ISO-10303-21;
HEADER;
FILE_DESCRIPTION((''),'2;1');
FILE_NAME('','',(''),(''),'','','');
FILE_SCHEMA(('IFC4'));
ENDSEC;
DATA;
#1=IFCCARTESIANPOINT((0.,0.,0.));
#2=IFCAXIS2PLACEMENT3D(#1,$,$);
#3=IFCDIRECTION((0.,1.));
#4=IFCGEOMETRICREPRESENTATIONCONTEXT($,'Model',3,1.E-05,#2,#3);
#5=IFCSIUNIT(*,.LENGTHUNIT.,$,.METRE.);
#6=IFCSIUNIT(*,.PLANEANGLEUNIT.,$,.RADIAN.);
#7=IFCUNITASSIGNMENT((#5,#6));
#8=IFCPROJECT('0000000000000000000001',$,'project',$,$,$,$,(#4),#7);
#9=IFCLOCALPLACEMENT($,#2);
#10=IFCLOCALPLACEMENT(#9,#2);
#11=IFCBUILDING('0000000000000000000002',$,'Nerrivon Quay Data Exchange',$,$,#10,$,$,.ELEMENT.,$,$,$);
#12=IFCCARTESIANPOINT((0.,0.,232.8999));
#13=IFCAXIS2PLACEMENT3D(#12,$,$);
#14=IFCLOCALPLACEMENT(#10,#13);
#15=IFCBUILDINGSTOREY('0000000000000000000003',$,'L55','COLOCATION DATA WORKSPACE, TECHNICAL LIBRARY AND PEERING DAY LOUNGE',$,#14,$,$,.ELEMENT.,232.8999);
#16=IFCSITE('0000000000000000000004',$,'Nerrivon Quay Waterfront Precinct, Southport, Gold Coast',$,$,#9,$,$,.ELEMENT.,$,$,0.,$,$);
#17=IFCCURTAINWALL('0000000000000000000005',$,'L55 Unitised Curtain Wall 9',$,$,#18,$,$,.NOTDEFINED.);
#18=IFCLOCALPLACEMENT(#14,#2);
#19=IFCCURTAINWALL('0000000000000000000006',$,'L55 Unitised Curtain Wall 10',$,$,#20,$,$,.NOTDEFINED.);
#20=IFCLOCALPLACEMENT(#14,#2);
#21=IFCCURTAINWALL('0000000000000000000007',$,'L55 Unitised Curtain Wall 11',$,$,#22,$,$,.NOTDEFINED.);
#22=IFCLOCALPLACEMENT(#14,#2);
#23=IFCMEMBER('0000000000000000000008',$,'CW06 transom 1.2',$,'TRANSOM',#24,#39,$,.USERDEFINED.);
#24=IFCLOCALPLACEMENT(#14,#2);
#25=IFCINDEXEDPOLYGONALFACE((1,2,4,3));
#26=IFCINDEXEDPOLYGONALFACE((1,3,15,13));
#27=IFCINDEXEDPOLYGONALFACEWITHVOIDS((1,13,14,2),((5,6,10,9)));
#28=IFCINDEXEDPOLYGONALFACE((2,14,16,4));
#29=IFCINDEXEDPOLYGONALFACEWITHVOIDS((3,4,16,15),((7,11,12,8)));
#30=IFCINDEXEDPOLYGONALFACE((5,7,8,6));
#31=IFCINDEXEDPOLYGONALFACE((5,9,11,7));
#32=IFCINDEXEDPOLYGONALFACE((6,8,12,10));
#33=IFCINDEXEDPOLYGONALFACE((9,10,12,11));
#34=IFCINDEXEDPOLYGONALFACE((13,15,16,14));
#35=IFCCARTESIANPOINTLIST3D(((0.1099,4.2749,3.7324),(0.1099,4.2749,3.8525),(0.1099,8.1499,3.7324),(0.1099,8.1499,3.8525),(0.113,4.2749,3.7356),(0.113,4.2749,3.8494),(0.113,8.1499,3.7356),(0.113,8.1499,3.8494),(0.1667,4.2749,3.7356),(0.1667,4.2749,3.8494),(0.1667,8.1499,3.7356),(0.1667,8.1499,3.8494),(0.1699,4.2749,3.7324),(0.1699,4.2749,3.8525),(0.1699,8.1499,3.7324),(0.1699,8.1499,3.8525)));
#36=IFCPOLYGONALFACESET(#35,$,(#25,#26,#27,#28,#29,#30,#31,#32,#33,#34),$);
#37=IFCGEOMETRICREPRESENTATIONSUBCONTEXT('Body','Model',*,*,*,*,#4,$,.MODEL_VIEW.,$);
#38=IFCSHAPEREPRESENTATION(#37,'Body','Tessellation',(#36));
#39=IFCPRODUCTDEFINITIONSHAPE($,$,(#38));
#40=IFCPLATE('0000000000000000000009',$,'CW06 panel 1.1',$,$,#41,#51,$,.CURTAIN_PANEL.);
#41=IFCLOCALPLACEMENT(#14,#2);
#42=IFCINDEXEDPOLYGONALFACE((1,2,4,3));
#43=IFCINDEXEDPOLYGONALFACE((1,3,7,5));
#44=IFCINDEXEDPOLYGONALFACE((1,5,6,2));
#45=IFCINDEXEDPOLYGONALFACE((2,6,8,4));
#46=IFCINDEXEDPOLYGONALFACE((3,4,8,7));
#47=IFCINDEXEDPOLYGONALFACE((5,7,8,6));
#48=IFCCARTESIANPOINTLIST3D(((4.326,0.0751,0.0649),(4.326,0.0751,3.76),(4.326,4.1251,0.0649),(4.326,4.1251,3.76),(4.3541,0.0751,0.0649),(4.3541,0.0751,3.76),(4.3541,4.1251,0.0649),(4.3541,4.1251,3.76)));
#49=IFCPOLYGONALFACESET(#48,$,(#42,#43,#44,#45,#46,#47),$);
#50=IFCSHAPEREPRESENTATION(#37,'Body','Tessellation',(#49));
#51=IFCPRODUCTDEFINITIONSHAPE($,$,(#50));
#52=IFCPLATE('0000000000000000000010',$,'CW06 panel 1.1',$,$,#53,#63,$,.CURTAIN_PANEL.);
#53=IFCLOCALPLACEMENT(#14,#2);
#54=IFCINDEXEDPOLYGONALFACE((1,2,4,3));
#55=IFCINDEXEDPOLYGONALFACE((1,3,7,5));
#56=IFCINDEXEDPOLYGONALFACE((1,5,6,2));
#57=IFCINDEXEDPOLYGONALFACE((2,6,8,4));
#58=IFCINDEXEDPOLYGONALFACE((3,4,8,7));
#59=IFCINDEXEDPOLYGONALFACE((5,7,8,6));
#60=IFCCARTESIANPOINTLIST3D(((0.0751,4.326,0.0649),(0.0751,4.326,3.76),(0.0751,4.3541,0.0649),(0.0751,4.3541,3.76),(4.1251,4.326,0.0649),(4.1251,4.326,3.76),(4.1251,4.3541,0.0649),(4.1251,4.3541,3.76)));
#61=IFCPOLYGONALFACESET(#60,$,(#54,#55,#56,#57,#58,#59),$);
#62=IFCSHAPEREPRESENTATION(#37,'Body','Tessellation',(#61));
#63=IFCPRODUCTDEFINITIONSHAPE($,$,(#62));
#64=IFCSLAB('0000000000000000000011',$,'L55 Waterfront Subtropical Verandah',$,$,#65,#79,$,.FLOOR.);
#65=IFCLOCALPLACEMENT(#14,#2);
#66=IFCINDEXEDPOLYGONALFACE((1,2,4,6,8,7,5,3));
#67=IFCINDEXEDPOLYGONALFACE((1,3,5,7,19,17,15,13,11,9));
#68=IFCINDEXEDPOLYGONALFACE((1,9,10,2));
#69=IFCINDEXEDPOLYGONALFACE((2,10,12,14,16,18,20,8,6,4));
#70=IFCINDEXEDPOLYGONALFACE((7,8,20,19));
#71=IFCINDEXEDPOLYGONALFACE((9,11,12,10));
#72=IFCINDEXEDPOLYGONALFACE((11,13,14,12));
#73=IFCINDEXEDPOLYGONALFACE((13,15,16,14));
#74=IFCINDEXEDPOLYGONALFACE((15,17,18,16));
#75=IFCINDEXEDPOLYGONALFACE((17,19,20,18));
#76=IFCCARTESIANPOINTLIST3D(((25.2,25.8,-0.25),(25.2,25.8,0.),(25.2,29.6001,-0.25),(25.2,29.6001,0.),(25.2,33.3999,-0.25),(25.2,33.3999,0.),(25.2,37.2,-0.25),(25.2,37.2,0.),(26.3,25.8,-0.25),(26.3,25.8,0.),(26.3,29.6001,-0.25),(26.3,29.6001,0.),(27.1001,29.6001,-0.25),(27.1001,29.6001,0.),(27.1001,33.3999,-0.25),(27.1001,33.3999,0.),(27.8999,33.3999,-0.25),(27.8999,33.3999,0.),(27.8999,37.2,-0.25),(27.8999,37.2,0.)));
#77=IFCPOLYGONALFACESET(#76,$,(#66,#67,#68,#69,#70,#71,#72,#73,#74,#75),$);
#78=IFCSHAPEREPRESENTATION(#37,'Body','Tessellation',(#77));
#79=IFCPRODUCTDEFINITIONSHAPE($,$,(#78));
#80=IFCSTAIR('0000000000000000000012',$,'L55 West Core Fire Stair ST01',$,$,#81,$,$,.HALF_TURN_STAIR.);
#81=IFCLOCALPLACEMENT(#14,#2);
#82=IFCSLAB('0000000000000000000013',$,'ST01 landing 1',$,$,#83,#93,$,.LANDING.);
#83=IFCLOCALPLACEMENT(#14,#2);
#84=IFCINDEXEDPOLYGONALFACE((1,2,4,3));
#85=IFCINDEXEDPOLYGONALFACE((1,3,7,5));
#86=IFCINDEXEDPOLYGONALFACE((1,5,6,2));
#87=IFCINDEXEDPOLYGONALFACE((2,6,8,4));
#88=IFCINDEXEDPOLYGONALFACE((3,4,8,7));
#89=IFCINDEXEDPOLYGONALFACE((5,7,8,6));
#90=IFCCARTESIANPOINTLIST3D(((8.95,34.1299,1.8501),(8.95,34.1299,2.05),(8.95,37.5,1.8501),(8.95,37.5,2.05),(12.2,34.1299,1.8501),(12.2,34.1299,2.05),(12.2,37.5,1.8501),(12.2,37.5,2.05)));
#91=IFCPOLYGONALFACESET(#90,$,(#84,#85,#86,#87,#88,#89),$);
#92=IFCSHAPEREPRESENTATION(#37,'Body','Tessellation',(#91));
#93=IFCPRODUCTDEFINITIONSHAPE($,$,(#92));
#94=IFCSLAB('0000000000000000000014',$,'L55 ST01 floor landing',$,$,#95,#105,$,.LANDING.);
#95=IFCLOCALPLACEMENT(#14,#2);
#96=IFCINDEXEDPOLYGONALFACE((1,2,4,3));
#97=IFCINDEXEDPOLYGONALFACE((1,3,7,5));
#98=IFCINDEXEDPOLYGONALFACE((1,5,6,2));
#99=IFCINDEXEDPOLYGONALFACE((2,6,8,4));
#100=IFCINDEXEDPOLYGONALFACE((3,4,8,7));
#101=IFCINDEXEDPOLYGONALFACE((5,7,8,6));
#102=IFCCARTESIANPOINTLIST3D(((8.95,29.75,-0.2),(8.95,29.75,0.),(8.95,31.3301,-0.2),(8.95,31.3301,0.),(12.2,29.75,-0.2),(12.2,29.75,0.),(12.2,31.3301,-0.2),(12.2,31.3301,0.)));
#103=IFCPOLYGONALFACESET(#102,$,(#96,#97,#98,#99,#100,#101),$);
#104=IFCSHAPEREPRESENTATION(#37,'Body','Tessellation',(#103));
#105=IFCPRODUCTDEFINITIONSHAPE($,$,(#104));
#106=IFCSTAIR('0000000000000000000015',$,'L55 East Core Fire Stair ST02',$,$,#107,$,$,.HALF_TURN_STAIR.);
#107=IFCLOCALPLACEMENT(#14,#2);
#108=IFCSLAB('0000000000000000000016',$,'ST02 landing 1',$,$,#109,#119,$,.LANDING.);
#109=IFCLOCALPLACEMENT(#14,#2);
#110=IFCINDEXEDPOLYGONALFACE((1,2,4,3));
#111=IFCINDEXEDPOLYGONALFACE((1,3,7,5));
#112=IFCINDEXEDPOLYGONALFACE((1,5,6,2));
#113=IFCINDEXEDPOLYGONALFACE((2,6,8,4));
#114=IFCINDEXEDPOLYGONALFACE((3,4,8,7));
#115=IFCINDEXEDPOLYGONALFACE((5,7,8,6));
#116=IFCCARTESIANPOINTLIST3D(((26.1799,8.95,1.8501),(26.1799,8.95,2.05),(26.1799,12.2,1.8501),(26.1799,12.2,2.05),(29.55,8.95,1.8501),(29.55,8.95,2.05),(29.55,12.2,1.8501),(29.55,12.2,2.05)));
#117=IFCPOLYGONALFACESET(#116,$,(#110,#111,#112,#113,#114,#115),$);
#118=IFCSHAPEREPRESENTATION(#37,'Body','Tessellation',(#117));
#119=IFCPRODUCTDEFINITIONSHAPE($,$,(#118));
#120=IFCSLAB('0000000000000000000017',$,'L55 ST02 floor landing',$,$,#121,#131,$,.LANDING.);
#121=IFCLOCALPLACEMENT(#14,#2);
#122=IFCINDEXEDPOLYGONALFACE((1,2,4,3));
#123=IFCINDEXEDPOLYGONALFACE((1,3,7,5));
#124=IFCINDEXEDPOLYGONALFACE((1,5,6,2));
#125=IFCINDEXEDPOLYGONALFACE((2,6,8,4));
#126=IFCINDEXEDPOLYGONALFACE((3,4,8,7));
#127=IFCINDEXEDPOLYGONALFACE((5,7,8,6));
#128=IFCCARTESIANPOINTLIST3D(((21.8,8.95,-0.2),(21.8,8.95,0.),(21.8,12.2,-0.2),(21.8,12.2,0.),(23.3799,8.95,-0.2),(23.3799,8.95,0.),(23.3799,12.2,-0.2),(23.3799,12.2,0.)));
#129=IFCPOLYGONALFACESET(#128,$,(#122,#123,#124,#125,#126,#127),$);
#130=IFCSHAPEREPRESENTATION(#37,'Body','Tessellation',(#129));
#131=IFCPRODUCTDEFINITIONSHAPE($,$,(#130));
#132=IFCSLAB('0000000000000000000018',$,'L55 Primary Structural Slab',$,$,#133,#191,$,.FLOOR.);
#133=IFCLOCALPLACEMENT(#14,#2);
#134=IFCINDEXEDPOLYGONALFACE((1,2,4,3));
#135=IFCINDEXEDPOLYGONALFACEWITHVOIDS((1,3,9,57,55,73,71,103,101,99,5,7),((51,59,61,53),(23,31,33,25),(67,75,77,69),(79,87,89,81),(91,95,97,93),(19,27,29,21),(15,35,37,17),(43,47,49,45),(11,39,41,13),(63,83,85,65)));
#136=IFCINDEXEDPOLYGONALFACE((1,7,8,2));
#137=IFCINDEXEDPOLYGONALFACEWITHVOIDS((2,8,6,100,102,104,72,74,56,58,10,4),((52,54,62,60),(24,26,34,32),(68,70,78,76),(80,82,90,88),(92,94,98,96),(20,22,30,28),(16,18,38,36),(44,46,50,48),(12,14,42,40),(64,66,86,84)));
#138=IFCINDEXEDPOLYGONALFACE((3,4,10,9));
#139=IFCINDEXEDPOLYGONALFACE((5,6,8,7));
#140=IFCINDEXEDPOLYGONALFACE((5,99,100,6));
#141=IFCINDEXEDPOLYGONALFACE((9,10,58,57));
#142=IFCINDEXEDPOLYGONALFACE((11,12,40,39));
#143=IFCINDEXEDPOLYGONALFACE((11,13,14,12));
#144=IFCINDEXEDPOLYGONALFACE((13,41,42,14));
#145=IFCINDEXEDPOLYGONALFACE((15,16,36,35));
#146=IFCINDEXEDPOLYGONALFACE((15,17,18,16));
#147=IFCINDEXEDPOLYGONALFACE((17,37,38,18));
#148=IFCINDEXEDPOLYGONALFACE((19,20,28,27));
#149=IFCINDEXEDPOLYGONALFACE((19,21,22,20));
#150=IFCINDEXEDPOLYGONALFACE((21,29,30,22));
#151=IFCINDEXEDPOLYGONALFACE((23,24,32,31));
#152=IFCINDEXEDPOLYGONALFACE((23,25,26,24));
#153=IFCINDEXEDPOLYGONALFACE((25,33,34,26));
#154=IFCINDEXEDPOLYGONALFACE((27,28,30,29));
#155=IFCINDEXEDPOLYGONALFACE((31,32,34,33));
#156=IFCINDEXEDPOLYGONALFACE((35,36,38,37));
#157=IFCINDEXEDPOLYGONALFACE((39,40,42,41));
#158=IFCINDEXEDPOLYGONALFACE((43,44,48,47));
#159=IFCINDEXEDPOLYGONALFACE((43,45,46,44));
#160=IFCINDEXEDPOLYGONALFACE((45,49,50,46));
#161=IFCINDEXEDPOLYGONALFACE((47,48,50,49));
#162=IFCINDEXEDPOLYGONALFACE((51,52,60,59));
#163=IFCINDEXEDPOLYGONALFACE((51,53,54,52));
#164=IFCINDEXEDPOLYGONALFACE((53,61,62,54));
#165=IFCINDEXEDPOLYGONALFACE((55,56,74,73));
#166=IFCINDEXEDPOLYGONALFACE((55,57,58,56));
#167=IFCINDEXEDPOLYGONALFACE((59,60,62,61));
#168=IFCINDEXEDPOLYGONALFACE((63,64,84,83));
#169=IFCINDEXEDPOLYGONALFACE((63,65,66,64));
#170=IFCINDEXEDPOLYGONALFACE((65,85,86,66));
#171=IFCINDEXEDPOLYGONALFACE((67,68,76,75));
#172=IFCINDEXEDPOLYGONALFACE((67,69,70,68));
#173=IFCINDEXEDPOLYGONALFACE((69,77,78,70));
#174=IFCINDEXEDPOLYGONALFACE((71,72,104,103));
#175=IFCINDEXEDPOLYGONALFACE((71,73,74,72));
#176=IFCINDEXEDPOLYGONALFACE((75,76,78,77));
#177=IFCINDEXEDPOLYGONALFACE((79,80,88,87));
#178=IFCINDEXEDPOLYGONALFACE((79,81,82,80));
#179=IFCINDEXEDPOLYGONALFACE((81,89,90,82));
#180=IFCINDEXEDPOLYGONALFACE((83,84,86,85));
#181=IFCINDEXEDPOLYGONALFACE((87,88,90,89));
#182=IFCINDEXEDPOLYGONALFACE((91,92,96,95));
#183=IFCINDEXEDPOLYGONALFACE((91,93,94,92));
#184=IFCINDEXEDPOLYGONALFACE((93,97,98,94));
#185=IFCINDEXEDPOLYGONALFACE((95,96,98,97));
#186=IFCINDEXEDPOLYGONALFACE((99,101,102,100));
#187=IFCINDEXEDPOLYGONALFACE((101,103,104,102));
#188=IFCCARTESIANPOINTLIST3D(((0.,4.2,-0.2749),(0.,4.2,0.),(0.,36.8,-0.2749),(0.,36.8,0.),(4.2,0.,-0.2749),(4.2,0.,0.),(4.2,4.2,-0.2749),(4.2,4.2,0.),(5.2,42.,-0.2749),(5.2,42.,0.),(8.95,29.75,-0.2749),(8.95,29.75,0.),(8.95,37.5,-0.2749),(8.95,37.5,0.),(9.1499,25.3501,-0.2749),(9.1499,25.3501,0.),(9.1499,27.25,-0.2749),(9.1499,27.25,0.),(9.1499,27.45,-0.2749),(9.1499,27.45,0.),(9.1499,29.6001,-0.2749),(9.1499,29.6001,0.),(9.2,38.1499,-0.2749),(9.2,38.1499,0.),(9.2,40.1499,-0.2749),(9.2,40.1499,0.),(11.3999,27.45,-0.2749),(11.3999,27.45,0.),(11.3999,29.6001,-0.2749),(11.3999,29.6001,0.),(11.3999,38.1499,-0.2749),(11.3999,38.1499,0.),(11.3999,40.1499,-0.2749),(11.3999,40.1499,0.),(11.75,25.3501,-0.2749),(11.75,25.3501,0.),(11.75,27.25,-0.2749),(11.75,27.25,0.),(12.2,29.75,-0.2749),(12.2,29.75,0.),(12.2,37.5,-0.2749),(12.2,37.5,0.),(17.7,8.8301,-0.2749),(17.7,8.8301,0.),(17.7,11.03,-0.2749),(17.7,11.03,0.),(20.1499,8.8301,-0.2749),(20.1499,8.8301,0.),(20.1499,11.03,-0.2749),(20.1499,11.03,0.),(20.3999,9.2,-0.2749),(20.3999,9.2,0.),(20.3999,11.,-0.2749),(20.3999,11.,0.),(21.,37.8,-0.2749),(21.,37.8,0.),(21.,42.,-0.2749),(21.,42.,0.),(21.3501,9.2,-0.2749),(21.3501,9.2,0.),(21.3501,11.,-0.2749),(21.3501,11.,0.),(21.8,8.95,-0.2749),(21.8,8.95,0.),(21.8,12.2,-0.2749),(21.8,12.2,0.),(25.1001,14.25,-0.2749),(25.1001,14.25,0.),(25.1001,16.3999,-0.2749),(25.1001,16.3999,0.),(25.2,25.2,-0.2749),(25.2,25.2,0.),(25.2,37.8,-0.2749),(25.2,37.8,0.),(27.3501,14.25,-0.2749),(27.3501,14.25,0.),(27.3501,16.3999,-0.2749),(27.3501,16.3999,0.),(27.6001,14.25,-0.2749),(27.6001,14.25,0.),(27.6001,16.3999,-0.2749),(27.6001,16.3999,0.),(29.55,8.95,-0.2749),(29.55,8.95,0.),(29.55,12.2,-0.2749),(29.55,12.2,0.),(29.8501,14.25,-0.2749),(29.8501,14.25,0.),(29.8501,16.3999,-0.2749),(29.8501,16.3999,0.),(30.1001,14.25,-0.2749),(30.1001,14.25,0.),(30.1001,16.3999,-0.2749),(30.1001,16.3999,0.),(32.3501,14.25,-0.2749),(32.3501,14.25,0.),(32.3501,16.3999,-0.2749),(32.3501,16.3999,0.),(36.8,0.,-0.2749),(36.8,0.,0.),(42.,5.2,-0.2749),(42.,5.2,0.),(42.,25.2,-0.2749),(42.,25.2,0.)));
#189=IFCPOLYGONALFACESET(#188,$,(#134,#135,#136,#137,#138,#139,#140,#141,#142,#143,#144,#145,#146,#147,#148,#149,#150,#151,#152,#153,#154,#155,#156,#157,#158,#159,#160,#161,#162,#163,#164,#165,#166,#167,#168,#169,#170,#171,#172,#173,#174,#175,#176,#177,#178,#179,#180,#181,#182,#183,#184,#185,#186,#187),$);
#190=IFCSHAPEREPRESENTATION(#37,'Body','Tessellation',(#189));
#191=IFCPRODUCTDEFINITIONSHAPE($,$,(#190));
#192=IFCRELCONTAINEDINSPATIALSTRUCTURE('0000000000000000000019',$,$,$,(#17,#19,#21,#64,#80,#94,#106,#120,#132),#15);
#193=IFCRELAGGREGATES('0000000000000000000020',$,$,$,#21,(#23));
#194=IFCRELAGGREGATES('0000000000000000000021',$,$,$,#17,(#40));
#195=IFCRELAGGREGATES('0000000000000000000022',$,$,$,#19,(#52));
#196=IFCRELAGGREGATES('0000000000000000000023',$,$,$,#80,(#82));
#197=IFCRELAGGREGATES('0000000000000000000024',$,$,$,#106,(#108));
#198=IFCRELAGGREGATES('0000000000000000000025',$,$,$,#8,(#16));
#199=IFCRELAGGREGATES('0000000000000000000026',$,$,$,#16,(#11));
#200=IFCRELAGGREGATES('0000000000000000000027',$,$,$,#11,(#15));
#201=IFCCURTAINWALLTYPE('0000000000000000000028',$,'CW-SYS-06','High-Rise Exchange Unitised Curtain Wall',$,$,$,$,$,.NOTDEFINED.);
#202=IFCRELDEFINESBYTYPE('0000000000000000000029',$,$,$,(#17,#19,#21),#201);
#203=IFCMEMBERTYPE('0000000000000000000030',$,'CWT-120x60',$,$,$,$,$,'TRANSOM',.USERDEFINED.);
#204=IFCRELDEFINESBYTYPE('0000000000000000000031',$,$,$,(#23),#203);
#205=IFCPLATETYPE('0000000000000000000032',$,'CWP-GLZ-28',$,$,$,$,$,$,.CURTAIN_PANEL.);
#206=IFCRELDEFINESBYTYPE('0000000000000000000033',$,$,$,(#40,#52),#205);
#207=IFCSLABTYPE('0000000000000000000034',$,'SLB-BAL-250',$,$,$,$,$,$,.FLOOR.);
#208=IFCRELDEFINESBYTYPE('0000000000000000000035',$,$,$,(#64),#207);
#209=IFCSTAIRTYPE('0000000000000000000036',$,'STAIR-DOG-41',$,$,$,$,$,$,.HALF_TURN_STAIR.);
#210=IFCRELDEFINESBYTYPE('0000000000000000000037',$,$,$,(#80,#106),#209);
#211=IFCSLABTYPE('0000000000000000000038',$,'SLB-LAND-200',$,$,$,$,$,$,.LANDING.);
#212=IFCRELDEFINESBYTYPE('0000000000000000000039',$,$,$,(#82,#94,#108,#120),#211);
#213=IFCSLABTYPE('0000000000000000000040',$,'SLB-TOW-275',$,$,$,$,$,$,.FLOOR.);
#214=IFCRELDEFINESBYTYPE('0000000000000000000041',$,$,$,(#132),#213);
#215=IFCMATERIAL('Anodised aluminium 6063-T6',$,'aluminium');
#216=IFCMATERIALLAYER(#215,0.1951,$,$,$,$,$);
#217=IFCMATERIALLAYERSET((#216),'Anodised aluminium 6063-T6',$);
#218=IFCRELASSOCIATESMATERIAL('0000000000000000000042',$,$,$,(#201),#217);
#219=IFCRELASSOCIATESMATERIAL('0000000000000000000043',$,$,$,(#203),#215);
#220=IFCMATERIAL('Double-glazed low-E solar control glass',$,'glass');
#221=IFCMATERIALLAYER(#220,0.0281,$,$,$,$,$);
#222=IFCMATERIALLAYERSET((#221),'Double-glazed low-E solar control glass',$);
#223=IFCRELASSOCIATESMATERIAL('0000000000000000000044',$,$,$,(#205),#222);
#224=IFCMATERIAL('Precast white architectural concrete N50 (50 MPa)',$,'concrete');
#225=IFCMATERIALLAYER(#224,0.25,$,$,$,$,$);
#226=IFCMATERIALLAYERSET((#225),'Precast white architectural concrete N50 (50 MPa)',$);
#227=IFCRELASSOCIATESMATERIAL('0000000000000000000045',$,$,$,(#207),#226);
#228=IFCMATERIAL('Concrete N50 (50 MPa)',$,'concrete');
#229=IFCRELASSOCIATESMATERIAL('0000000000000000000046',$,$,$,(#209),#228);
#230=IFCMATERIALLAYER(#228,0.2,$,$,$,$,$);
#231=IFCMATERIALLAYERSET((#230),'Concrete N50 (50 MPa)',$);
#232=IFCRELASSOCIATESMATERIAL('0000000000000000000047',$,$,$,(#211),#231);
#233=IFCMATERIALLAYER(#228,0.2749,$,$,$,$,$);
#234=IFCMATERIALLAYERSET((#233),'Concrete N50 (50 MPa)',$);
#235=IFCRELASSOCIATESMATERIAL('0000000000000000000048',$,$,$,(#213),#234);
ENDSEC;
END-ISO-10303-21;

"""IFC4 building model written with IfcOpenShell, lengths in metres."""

from ifc_helpers import new_model, si_unit, direction, frame, origin, origin_2d, place, context, subcontext, project, spatial, polyline, rectangle, hollow_rectangle, outline, extrude, material, layer, layer_set, material_profile, profile_set, type_object, element, aggregate, save


model = new_model("IFC4")

# Units and contexts
model_context = context("Model", 3, precision=1e-05, world=origin(), true_north=direction((0.0, 1.0)))
body_context = subcontext(model_context, "Body", "Model", "MODEL_VIEW")
ifc_project = project(units=[si_unit("LENGTHUNIT", "METRE"), si_unit("PLANEANGLEUNIT", "RADIAN")], contexts=[model_context])

# Site, building, storey
site_placement = place(None, origin())
site = spatial("IfcSite", under=ifc_project, at=site_placement, Name="Nerrivon Quay Waterfront Precinct, Southport, Gold Coast", CompositionType="ELEMENT", RefElevation=0.0)
building_placement = place(site_placement, origin())
building = spatial("IfcBuilding", under=site, at=building_placement, Name="Nerrivon Quay Data Exchange", CompositionType="ELEMENT")
storey_placement = place(building_placement, frame((0.0, 0.0, 232.8999)))
storey = spatial("IfcBuildingStorey", under=building, at=storey_placement, Name="L55", Description="COLOCATION DATA WORKSPACE, TECHNICAL LIBRARY AND PEERING DAY LOUNGE", CompositionType="ELEMENT", Elevation=232.8999)

# Shared definitions
ifc_material_1 = material(Name="Anodised aluminium 6063-T6", Category="aluminium")
ifc_layer_1 = layer(ifc_material_1, 0.1951)
ifc_layer_set_1 = layer_set([ifc_layer_1], Name="Anodised aluminium 6063-T6")
curtain_wall_type = type_object("IfcCurtainWallType", Name="CW-SYS-06", Description="High-Rise Exchange Unitised Curtain Wall", PredefinedType="NOTDEFINED", material=ifc_layer_set_1)

# Curtain walls
curtain_wall_1_placement = place(storey_placement, origin())
curtain_wall_1 = element("IfcCurtainWall", 1, at=curtain_wall_1_placement, inside=storey, type_object=curtain_wall_type, Name="L55 Unitised Curtain Wall 9", PredefinedType="NOTDEFINED")
curtain_wall_2_placement = place(storey_placement, origin())
curtain_wall_2 = element("IfcCurtainWall", 2, at=curtain_wall_2_placement, inside=storey, type_object=curtain_wall_type, Name="L55 Unitised Curtain Wall 10", PredefinedType="NOTDEFINED")

# Curtain wall
curtain_wall_3_placement = place(storey_placement, origin())
curtain_wall_3 = element("IfcCurtainWall", 3, at=curtain_wall_3_placement, inside=storey, type_object=curtain_wall_type, Name="L55 Unitised Curtain Wall 11", PredefinedType="NOTDEFINED")

# Member
ifc_material_profile_1 = material_profile(ifc_material_1, hollow_rectangle(XDim=0.0601, YDim=0.1201, WallThickness=0.0032, at=origin_2d()), Name="ALU-TRAN-120x60")
ifc_profile_set_1 = profile_set([ifc_material_profile_1], Name="Anodised aluminium 6063-T6")
member_type_1 = type_object("IfcMemberType", Name="CWT-120x60", ElementType="TRANSOM", PredefinedType="USERDEFINED", material=ifc_profile_set_1)
member_1_placement = place(storey_placement, frame((0.1399, 4.2749, 3.7925), z_axis=(0.0, 1.0, 0.0), x_axis=(-1.0, 0.0, 0.0)))
member_1 = element("IfcMember", 4, at=member_1_placement, type_object=member_type_1, Name="CW06 transom 1.2", ObjectType="TRANSOM", PredefinedType="USERDEFINED", context=body_context, shape_type="SweptSolid", body=[
    extrude(hollow_rectangle(XDim=0.0601, YDim=0.1201, WallThickness=0.0032, at=origin_2d()), origin(), (0.0, 0.0, 1.0), 3.875),
])
aggregate(curtain_wall_3, [member_1])

# Plates
ifc_material_2 = material(Name="Double-glazed low-E solar control glass", Category="glass")
ifc_layer_2 = layer(ifc_material_2, 0.0281)
ifc_layer_set_2 = layer_set([ifc_layer_2], Name="Double-glazed low-E solar control glass")
plate_type = type_object("IfcPlateType", Name="CWP-GLZ-28", PredefinedType="CURTAIN_PANEL", material=ifc_layer_set_2)
plate_1_placement = place(storey_placement, frame((4.3401, 2.1001, 0.0649), z_axis=(0.0, 0.0, 1.0), x_axis=(0.0, 1.0, 0.0)))
plate_1 = element("IfcPlate", 5, at=plate_1_placement, type_object=plate_type, Name="CW06 panel 1.1", PredefinedType="CURTAIN_PANEL", context=body_context, shape_type="SweptSolid", body=[
    extrude(rectangle(XDim=4.05, YDim=0.0281, at=origin_2d()), origin(), (0.0, 0.0, 1.0), 3.6951),
])
aggregate(curtain_wall_1, [plate_1])
plate_2_placement = place(storey_placement, frame((2.1001, 4.3401, 0.0649), z_axis=(0.0, 0.0, 1.0), x_axis=(-1.0, 0.0, 0.0)))
plate_2 = element("IfcPlate", 6, at=plate_2_placement, type_object=plate_type, Name="CW06 panel 1.1", PredefinedType="CURTAIN_PANEL", context=body_context, shape_type="SweptSolid", body=[
    extrude(rectangle(XDim=4.05, YDim=0.0281, at=origin_2d()), origin(), (0.0, 0.0, 1.0), 3.6951),
])
aggregate(curtain_wall_2, [plate_2])

# Slab
ifc_material_3 = material(Name="Precast white architectural concrete N50 (50 MPa)", Category="concrete")
ifc_layer_3 = layer(ifc_material_3, 0.25)
ifc_layer_set_3 = layer_set([ifc_layer_3], Name="Precast white architectural concrete N50 (50 MPa)")
slab_type_1 = type_object("IfcSlabType", Name="SLB-BAL-250", PredefinedType="FLOOR", material=ifc_layer_set_3)
slab_1_placement = place(storey_placement, frame((0.0, 0.0, -0.25)))
element("IfcSlab", 7, at=slab_1_placement, inside=storey, type_object=slab_type_1, Name="L55 Waterfront Subtropical Verandah", PredefinedType="FLOOR", context=body_context, shape_type="SweptSolid", body=[
    extrude(outline(polyline([(26.3, 29.6001), (27.1001, 29.6001), (27.1001, 33.3999), (27.8999, 33.3999), (27.8999, 37.2), (25.2, 37.2), (25.2, 33.3999), (25.2, 29.6001), (25.2, 25.8), (26.3, 25.8), (26.3, 29.6001)])), origin(), (0.0, 0.0, 1.0), 0.25),
])

# Stair, slab
ifc_material_4 = material(Name="Concrete N50 (50 MPa)", Category="concrete")
stair_type = type_object("IfcStairType", Name="STAIR-DOG-41", PredefinedType="HALF_TURN_STAIR", material=ifc_material_4)
stair_1_placement = place(storey_placement, origin())
stair_1 = element("IfcStair", 8, at=stair_1_placement, inside=storey, type_object=stair_type, Name="L55 West Core Fire Stair ST01", PredefinedType="HALF_TURN_STAIR")
ifc_layer_4 = layer(ifc_material_4, 0.2)
ifc_layer_set_4 = layer_set([ifc_layer_4], Name="Concrete N50 (50 MPa)")
slab_type_2 = type_object("IfcSlabType", Name="SLB-LAND-200", PredefinedType="LANDING", material=ifc_layer_set_4)
slab_2_placement = place(storey_placement, frame((0.0, 0.0, 1.8501)))
slab_2 = element("IfcSlab", 9, at=slab_2_placement, type_object=slab_type_2, Name="ST01 landing 1", PredefinedType="LANDING", context=body_context, shape_type="SweptSolid", body=[
    extrude(outline(polyline([(12.2, 34.1299), (12.2, 37.5), (8.95, 37.5), (8.95, 34.1299), (12.2, 34.1299)])), origin(), (0.0, 0.0, 1.0), 0.2),
])
aggregate(stair_1, [slab_2])

# Slab
slab_3_placement = place(storey_placement, frame((0.0, 0.0, -0.2)))
element("IfcSlab", 10, at=slab_3_placement, inside=storey, type_object=slab_type_2, Name="L55 ST01 floor landing", PredefinedType="LANDING", context=body_context, shape_type="SweptSolid", body=[
    extrude(outline(polyline([(12.2, 29.75), (12.2, 31.3301), (8.95, 31.3301), (8.95, 29.75), (12.2, 29.75)])), origin(), (0.0, 0.0, 1.0), 0.2),
])

# Stair, slab
stair_2_placement = place(storey_placement, origin())
stair_2 = element("IfcStair", 11, at=stair_2_placement, inside=storey, type_object=stair_type, Name="L55 East Core Fire Stair ST02", PredefinedType="HALF_TURN_STAIR")
slab_4_placement = place(storey_placement, frame((0.0, 0.0, 1.8501)))
slab_4 = element("IfcSlab", 12, at=slab_4_placement, type_object=slab_type_2, Name="ST02 landing 1", PredefinedType="LANDING", context=body_context, shape_type="SweptSolid", body=[
    extrude(outline(polyline([(26.1799, 8.95), (29.55, 8.95), (29.55, 12.2), (26.1799, 12.2), (26.1799, 8.95)])), origin(), (0.0, 0.0, 1.0), 0.2),
])
aggregate(stair_2, [slab_4])

# Slabs
slab_5_placement = place(storey_placement, frame((0.0, 0.0, -0.2)))
element("IfcSlab", 13, at=slab_5_placement, inside=storey, type_object=slab_type_2, Name="L55 ST02 floor landing", PredefinedType="LANDING", context=body_context, shape_type="SweptSolid", body=[
    extrude(outline(polyline([(21.8, 8.95), (23.3799, 8.95), (23.3799, 12.2), (21.8, 12.2), (21.8, 8.95)])), origin(), (0.0, 0.0, 1.0), 0.2),
])
ifc_layer_5 = layer(ifc_material_4, 0.2749)
ifc_layer_set_5 = layer_set([ifc_layer_5], Name="Concrete N50 (50 MPa)")
slab_type_3 = type_object("IfcSlabType", Name="SLB-TOW-275", PredefinedType="FLOOR", material=ifc_layer_set_5)
slab_6_placement = place(storey_placement, frame((0.0, 0.0, -0.2749)))
element("IfcSlab", 14, at=slab_6_placement, inside=storey, type_object=slab_type_3, Name="L55 Primary Structural Slab", PredefinedType="FLOOR", context=body_context, shape_type="SweptSolid", body=[
    extrude(outline(polyline([(42.0, 25.2), (25.2, 25.2), (25.2, 37.8), (21.0, 37.8), (21.0, 42.0), (5.2, 42.0), (0.0, 36.8), (0.0, 4.2), (4.2, 4.2), (4.2, 0.0), (36.8, 0.0), (42.0, 5.2), (42.0, 25.2)]), holes=[polyline([(8.95, 29.75), (8.95, 37.5), (12.2, 37.5), (12.2, 29.75), (8.95, 29.75)]), polyline([(21.8, 12.2), (29.55, 12.2), (29.55, 8.95), (21.8, 8.95), (21.8, 12.2)]), polyline([(30.1001, 14.25), (30.1001, 16.3999), (32.3501, 16.3999), (32.3501, 14.25), (30.1001, 14.25)]), polyline([(27.6001, 14.25), (27.6001, 16.3999), (29.8501, 16.3999), (29.8501, 14.25), (27.6001, 14.25)]), polyline([(25.1001, 14.25), (25.1001, 16.3999), (27.3501, 16.3999), (27.3501, 14.25), (25.1001, 14.25)]), polyline([(20.3999, 9.2), (20.3999, 11.0), (21.3501, 11.0), (21.3501, 9.2), (20.3999, 9.2)]), polyline([(17.7, 8.8301), (17.7, 11.03), (20.1499, 11.03), (20.1499, 8.8301), (17.7, 8.8301)]), polyline([(9.1499, 25.3501), (9.1499, 27.25), (11.75, 27.25), (11.75, 25.3501), (9.1499, 25.3501)]), polyline([(9.1499, 27.45), (9.1499, 29.6001), (11.3999, 29.6001), (11.3999, 27.45), (9.1499, 27.45)]), polyline([(9.2, 38.1499), (9.2, 40.1499), (11.3999, 40.1499), (11.3999, 38.1499), (9.2, 38.1499)])]), origin(), (0.0, 0.0, 1.0), 0.2749),
])

save(model, "model.ifc")
